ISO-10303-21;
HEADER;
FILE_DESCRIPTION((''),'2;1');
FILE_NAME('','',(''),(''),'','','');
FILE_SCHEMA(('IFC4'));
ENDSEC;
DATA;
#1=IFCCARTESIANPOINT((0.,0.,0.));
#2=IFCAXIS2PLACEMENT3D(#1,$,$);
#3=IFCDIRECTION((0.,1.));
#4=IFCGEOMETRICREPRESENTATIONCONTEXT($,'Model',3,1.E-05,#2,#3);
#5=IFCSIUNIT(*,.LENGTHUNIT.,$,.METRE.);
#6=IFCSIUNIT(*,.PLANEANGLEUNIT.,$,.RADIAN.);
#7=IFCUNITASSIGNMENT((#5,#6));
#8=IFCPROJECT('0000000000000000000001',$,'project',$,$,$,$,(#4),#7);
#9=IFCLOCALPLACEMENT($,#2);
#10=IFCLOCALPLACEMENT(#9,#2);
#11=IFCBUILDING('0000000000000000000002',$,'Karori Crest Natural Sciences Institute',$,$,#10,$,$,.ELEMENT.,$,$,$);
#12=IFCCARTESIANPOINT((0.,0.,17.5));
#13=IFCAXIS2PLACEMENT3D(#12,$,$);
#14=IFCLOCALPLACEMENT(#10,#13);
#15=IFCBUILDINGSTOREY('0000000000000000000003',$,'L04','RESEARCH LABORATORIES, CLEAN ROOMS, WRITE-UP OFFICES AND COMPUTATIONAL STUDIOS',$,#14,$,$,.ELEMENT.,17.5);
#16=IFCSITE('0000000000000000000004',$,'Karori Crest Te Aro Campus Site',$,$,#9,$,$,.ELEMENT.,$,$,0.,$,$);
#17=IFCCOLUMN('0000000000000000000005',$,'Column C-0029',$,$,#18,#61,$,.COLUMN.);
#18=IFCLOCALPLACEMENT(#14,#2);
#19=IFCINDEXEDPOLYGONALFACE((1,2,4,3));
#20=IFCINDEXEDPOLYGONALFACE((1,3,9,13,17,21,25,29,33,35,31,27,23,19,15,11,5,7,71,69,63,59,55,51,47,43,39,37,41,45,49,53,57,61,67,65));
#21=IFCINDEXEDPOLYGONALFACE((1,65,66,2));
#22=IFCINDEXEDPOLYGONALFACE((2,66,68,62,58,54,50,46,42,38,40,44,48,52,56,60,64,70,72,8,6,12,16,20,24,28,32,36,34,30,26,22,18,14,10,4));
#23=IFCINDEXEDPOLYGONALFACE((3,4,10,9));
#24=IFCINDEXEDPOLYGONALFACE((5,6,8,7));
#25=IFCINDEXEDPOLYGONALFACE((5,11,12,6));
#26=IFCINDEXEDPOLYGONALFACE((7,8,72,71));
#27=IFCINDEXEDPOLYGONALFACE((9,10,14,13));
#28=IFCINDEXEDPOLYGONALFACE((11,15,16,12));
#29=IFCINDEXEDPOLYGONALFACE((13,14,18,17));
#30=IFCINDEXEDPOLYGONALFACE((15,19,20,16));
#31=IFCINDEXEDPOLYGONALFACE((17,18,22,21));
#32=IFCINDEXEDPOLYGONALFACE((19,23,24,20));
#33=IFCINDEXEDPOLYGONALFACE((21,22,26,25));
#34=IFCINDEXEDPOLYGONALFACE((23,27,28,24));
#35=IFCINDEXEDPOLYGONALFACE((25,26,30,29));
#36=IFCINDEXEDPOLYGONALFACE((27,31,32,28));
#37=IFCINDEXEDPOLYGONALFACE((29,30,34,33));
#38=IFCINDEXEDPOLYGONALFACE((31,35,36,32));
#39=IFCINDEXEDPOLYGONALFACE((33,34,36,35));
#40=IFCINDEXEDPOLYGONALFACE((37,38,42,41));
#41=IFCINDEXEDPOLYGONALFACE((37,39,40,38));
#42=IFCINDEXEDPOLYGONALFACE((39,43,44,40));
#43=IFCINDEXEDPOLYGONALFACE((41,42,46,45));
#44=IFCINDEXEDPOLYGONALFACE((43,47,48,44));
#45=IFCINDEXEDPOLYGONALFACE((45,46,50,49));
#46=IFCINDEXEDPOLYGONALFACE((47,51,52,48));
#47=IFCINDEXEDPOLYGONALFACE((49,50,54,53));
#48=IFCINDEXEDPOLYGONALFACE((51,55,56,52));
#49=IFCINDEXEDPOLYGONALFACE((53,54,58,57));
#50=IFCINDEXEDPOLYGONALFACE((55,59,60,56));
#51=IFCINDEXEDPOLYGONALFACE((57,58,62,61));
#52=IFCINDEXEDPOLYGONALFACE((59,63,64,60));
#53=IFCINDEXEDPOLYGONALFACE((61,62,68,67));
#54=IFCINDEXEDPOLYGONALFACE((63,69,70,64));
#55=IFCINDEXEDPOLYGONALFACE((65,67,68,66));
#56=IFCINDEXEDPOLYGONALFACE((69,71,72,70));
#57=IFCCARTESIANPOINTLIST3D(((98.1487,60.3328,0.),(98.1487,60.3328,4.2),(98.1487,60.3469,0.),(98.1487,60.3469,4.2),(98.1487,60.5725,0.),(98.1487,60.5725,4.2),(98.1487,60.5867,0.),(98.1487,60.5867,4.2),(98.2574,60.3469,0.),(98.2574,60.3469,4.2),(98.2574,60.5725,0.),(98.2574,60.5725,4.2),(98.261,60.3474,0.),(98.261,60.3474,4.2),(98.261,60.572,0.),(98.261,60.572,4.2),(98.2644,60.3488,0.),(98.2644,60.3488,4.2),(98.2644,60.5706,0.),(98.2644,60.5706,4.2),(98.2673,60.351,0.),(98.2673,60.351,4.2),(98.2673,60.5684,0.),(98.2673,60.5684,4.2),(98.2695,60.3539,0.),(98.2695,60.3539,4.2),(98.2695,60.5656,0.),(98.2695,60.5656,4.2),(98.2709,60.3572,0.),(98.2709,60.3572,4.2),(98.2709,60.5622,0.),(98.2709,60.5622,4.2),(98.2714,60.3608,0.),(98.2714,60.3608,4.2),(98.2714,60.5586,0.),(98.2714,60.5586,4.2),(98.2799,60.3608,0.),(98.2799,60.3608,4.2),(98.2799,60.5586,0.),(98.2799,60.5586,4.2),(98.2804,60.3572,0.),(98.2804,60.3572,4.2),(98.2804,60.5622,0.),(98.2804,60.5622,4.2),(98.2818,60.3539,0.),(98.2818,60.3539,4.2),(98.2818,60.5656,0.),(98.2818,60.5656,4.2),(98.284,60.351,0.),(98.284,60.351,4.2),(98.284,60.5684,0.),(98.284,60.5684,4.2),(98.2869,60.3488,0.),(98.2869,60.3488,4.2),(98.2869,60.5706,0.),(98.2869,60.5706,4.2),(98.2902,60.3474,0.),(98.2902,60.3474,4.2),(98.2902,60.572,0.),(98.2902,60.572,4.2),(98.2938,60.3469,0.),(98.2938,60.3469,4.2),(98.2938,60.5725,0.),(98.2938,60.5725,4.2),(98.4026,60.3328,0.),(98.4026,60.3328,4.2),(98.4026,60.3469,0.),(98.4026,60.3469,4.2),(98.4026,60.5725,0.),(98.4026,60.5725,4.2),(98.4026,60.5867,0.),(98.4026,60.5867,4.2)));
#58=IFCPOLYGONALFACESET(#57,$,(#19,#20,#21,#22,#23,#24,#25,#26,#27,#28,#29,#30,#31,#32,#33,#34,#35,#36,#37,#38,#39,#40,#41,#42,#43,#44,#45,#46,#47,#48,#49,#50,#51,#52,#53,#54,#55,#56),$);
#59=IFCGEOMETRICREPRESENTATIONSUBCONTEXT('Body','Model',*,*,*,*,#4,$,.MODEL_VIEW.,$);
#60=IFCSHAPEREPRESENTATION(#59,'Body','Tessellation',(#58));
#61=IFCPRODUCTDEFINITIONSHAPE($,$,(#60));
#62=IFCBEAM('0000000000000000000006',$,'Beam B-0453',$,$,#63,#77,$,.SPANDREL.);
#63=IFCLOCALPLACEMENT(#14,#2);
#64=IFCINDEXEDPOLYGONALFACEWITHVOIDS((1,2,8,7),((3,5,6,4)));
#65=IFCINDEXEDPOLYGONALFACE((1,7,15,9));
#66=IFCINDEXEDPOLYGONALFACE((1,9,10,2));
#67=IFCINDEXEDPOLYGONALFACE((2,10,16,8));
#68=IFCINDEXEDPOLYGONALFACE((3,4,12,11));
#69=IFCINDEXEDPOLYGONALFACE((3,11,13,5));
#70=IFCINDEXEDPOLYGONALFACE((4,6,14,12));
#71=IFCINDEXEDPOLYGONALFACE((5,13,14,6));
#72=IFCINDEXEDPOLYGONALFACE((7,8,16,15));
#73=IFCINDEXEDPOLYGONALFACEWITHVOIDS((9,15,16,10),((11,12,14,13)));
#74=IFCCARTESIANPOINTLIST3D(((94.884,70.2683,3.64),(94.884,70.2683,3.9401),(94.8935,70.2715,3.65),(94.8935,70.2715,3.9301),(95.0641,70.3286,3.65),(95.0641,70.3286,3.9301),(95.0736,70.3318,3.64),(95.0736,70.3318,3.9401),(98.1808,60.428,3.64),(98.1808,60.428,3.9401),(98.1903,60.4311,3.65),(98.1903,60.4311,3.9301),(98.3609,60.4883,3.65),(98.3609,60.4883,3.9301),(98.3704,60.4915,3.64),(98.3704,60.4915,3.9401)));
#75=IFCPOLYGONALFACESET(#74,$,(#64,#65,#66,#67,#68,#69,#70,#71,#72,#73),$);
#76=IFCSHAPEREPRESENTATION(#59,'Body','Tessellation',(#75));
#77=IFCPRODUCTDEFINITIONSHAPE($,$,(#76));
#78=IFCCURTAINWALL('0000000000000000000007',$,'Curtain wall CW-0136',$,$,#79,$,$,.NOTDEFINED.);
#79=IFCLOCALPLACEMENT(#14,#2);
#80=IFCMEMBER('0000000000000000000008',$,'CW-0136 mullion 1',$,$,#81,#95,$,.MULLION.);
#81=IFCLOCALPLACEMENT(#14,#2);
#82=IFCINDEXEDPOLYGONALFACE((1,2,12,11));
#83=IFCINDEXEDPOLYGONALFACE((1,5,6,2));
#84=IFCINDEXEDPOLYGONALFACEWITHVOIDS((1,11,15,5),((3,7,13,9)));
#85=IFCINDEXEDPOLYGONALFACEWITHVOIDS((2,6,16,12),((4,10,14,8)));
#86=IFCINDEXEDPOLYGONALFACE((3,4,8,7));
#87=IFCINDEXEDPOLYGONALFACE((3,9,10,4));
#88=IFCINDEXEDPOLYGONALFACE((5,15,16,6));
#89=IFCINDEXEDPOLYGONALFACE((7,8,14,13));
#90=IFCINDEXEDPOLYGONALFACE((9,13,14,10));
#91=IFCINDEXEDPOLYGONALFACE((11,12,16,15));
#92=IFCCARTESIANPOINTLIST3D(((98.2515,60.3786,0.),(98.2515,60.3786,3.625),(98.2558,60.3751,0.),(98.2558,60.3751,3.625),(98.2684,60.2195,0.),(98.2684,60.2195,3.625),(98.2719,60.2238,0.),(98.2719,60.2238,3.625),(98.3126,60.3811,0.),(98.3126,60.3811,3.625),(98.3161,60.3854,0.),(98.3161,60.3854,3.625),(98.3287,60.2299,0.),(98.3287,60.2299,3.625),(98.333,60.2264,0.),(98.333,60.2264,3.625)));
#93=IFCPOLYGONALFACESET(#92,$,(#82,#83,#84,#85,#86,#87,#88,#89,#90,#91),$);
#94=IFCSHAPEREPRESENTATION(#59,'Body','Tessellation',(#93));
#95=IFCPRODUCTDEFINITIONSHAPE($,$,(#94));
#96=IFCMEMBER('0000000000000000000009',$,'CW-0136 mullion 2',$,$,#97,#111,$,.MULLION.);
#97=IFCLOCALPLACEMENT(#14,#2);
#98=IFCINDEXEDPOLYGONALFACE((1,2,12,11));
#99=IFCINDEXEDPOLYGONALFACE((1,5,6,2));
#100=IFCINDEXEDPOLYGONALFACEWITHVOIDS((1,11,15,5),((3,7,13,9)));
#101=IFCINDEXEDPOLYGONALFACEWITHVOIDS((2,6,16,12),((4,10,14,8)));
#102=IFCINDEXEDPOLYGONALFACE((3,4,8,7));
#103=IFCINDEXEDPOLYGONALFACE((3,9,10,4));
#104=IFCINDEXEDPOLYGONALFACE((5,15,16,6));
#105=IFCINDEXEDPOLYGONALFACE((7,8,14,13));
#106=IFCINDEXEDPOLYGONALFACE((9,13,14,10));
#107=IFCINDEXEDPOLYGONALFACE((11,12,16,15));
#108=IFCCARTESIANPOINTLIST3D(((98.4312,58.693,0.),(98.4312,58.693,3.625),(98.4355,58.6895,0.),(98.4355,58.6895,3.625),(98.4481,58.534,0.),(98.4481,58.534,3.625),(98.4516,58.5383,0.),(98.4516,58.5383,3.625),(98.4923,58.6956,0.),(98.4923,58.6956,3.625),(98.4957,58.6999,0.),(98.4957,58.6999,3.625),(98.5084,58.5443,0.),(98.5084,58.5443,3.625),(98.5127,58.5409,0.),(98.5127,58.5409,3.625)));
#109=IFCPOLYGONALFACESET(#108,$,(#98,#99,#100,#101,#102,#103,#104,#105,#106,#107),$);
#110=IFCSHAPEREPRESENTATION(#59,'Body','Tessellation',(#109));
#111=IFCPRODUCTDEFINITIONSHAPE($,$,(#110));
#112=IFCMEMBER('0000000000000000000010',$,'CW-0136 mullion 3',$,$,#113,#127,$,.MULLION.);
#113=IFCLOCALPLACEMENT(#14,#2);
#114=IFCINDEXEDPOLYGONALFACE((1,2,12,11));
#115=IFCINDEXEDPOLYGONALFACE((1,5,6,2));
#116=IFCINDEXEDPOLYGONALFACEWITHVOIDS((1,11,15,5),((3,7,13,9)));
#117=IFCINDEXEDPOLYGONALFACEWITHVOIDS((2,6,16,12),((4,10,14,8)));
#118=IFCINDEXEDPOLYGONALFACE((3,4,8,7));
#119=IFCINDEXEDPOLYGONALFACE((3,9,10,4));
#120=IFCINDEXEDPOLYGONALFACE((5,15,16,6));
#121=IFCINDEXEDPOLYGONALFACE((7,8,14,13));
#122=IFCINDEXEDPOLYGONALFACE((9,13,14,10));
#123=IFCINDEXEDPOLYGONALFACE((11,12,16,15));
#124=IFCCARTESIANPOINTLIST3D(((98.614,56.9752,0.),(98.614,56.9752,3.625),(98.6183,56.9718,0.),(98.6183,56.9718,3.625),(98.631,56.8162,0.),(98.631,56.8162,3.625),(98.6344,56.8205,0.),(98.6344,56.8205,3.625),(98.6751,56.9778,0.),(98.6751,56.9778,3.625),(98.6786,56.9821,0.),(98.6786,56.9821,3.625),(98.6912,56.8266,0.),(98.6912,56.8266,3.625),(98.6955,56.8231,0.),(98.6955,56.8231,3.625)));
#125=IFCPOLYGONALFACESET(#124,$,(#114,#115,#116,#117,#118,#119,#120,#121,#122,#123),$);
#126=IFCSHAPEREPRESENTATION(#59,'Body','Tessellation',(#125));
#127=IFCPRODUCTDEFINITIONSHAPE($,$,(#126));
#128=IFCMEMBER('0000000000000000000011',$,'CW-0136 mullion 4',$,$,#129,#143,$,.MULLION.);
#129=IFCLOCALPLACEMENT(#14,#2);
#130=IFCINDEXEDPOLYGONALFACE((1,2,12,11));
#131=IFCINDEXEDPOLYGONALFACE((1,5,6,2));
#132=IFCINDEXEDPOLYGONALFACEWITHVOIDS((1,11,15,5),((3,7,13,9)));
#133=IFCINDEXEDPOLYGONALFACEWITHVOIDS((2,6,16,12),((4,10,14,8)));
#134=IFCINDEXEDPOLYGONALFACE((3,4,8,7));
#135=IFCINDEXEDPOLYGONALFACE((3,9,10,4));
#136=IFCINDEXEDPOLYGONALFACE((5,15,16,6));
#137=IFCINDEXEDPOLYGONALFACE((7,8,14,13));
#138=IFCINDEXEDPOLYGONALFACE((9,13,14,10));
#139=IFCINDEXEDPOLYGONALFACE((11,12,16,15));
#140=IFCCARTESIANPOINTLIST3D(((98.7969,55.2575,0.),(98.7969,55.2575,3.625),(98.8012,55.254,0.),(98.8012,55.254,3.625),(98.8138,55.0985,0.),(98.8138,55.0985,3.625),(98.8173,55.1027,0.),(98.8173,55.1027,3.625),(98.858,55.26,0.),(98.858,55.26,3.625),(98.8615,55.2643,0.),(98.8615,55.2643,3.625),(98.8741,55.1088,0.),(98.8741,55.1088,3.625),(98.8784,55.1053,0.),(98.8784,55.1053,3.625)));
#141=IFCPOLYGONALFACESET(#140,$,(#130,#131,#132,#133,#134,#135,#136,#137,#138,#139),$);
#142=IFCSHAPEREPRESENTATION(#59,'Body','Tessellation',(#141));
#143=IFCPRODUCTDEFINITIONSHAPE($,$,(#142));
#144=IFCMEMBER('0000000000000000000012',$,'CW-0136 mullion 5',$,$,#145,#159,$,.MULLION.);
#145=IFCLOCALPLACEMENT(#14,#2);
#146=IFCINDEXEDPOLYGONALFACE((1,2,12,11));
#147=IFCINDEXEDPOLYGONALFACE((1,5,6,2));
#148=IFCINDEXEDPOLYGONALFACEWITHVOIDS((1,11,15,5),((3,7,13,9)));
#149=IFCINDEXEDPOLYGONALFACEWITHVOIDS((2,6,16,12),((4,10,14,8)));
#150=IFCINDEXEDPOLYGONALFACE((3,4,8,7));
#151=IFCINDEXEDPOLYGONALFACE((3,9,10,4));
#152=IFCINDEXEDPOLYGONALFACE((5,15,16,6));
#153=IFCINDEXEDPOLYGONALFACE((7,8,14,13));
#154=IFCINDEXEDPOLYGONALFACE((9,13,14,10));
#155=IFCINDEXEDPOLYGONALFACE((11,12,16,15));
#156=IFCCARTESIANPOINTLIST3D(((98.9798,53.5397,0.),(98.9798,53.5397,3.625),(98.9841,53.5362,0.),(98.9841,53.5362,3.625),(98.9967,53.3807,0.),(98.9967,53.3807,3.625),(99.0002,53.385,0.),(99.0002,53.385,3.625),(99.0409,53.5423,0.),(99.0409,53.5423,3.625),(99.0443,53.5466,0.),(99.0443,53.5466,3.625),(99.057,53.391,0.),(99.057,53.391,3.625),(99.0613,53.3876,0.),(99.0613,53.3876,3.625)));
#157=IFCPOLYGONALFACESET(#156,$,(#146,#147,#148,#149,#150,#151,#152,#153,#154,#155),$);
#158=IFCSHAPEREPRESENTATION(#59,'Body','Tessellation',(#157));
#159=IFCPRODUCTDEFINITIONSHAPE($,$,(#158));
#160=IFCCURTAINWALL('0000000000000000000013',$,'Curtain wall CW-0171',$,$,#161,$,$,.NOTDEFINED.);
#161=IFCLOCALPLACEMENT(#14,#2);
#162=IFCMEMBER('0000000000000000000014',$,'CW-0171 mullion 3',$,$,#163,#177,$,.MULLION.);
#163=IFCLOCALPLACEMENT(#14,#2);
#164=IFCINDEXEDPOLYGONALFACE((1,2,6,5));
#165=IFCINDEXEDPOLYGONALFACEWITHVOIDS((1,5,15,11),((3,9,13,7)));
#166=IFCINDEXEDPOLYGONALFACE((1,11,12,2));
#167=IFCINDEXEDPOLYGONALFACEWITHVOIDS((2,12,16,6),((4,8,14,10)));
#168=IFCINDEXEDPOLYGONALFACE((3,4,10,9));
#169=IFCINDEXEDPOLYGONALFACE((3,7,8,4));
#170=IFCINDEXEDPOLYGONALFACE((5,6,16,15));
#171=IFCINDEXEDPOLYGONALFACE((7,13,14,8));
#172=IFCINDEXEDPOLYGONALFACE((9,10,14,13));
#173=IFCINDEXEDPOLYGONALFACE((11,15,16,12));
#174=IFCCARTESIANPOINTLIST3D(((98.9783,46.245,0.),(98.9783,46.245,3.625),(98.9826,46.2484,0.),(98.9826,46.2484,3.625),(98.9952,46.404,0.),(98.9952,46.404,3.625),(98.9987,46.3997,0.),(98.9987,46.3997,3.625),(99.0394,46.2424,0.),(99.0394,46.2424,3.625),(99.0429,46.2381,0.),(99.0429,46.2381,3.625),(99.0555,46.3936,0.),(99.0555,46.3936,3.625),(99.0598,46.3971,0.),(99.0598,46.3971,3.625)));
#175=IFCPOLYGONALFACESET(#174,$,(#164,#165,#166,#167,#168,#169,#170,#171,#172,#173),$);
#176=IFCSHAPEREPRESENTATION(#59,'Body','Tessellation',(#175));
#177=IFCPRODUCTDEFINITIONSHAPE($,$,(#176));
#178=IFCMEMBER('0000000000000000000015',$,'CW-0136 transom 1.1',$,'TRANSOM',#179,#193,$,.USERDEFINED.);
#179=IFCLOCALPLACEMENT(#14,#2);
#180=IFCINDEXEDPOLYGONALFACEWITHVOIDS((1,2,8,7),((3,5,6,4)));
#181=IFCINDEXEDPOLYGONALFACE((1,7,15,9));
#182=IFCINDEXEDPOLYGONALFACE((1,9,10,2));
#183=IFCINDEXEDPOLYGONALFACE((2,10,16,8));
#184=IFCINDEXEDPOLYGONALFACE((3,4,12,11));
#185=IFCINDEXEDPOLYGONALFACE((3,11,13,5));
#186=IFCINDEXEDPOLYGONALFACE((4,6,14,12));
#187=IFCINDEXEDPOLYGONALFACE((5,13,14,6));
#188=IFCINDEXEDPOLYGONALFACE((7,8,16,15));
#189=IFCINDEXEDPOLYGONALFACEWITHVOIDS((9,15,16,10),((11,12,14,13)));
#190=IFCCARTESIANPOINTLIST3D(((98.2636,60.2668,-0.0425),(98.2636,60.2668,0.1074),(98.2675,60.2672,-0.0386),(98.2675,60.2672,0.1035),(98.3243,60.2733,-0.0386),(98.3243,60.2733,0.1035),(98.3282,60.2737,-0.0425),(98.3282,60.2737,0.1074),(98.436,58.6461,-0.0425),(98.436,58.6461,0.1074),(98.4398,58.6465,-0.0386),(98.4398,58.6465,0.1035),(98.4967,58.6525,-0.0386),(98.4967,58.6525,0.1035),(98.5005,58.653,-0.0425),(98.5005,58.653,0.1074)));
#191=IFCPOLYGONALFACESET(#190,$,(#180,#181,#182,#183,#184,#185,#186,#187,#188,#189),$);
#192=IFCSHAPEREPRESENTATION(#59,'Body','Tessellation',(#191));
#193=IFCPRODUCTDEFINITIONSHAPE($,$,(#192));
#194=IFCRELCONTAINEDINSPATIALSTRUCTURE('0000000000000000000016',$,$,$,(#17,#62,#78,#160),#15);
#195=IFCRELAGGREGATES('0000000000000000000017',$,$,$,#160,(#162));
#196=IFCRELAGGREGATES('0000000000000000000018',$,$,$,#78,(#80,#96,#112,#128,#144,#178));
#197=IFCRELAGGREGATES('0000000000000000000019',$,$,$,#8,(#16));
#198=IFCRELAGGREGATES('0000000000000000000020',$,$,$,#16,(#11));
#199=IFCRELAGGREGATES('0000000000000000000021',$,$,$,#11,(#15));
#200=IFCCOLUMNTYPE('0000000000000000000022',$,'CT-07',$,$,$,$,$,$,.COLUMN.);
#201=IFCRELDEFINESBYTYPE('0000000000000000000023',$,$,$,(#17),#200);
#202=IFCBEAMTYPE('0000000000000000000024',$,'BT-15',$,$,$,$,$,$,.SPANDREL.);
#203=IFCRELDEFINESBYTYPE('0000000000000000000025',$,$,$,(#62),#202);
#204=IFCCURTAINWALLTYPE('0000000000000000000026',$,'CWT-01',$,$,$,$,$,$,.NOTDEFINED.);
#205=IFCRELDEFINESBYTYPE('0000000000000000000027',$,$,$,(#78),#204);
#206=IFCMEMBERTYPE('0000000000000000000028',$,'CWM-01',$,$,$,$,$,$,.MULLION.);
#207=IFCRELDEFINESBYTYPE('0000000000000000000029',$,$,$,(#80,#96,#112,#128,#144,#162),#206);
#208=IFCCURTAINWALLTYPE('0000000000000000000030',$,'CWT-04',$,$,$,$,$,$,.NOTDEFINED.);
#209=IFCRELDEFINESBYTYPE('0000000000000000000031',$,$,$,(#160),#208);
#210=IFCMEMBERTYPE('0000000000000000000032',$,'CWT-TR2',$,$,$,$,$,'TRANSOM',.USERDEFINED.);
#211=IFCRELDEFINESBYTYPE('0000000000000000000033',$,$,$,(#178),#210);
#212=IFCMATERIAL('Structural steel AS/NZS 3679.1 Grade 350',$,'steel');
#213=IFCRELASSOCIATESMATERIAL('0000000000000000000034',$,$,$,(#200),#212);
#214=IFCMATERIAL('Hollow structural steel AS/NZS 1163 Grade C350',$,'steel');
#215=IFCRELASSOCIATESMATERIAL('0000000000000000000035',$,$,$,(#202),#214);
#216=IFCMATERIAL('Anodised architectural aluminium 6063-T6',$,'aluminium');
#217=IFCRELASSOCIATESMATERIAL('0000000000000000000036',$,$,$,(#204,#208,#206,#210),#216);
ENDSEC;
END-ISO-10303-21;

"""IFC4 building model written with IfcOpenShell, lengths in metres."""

from ifc_helpers import new_model, si_unit, direction, frame, origin, origin_2d, place, context, subcontext, project, spatial, hollow_rectangle, i_section, extrude, material, material_profile, profile_set, type_object, element, aggregate, save


model = new_model("IFC4")

# Units and contexts
model_context = context("Model", 3, precision=1e-05, world=origin(), true_north=direction((0.0, 1.0)))
body_context = subcontext(model_context, "Body", "Model", "MODEL_VIEW")
ifc_project = project(units=[si_unit("LENGTHUNIT", "METRE"), si_unit("PLANEANGLEUNIT", "RADIAN")], contexts=[model_context])

# Site, building, storey
site_placement = place(None, origin())
site = spatial("IfcSite", under=ifc_project, at=site_placement, Name="Karori Crest Te Aro Campus Site", CompositionType="ELEMENT", RefElevation=0.0)
building_placement = place(site_placement, origin())
building = spatial("IfcBuilding", under=site, at=building_placement, Name="Karori Crest Natural Sciences Institute", CompositionType="ELEMENT")
storey_placement = place(building_placement, frame((0.0, 0.0, 17.5)))
storey = spatial("IfcBuildingStorey", under=building, at=storey_placement, Name="L04", Description="RESEARCH LABORATORIES, CLEAN ROOMS, WRITE-UP OFFICES AND COMPUTATIONAL STUDIOS", CompositionType="ELEMENT", Elevation=17.5)

# Column
ifc_material_1 = material(Name="Structural steel AS/NZS 3679.1 Grade 350", Category="steel")
ifc_material_profile_1 = material_profile(ifc_material_1, i_section(OverallWidth=0.2539, OverallDepth=0.2539, WebThickness=0.0085, FlangeThickness=0.0142, FilletRadius=0.0139, at=origin_2d()), Name="250UC72.9")
ifc_profile_set_1 = profile_set([ifc_material_profile_1], Name="Structural steel AS/NZS 3679.1 Grade 350")
column_type = type_object("IfcColumnType", Name="CT-07", PredefinedType="COLUMN", material=ifc_profile_set_1)
column_placement = place(storey_placement, frame((98.2756, 60.4597, 0.0), z_axis=(0.0, 0.0, 1.0), x_axis=(1.0, 0.0, 0.0)))
element("IfcColumn", 1, at=column_placement, inside=storey, type_object=column_type, Name="Column C-0029", PredefinedType="COLUMN", context=body_context, shape_type="SweptSolid", body=[
    extrude(i_section(OverallWidth=0.2539, OverallDepth=0.2539, WebThickness=0.0085, FlangeThickness=0.0142, FilletRadius=0.0139, at=origin_2d()), origin(), (0.0, 0.0, 1.0), 4.2),
])

# Beam
ifc_material_2 = material(Name="Hollow structural steel AS/NZS 1163 Grade C350", Category="steel")
ifc_material_profile_2 = material_profile(ifc_material_2, hollow_rectangle(XDim=0.2, YDim=0.3, WallThickness=0.01, at=origin_2d()), Name="RHS300x200x10")
ifc_profile_set_2 = profile_set([ifc_material_profile_2], Name="Hollow structural steel AS/NZS 1163 Grade C350")
beam_type = type_object("IfcBeamType", Name="BT-15", PredefinedType="SPANDREL", material=ifc_profile_set_2)
beam_placement = place(storey_placement, frame((98.2756, 60.4597, 3.79), z_axis=(-0.317681, 0.948198, 0.0), x_axis=(-0.948198, -0.317681, 0.0)))
element("IfcBeam", 2, at=beam_placement, inside=storey, type_object=beam_type, Name="Beam B-0453", PredefinedType="SPANDREL", context=body_context, shape_type="SweptSolid", body=[
    extrude(hollow_rectangle(XDim=0.2, YDim=0.3, WallThickness=0.01, at=origin_2d()), origin(), (0.0, 0.0, 1.0), 10.3779),
])

# Curtain wall, members
ifc_material_3 = material(Name="Anodised architectural aluminium 6063-T6", Category="aluminium")
curtain_wall_type_1 = type_object("IfcCurtainWallType", Name="CWT-01", PredefinedType="NOTDEFINED", material=ifc_material_3)
curtain_wall_1_placement = place(storey_placement, origin())
curtain_wall_1 = element("IfcCurtainWall", 3, at=curtain_wall_1_placement, inside=storey, type_object=curtain_wall_type_1, Name="Curtain wall CW-0136", PredefinedType="NOTDEFINED")
ifc_material_profile_3 = material_profile(ifc_material_3, hollow_rectangle(XDim=0.0649, YDim=0.1599, WallThickness=0.0039, at=origin_2d()), Name="CWM160x65x4")
ifc_profile_set_3 = profile_set([ifc_material_profile_3], Name="Anodised architectural aluminium 6063-T6")
member_type_1 = type_object("IfcMemberType", Name="CWM-01", PredefinedType="MULLION", material=ifc_profile_set_3)
member_1_placement = place(storey_placement, frame((98.2922, 60.3025, 0.0), z_axis=(0.0, 0.0, 1.0), x_axis=(0.994378, 0.105884, 0.0)))
member_1 = element("IfcMember", 4, at=member_1_placement, type_object=member_type_1, Name="CW-0136 mullion 1", PredefinedType="MULLION", context=body_context, shape_type="SweptSolid", body=[
    extrude(hollow_rectangle(XDim=0.0649, YDim=0.1599, WallThickness=0.0039, at=origin_2d()), origin(), (0.0, 0.0, 1.0), 3.625),
])
member_2_placement = place(storey_placement, frame((98.4719, 58.6169, 0.0), z_axis=(0.0, 0.0, 1.0), x_axis=(0.994378, 0.105884, 0.0)))
member_2 = element("IfcMember", 5, at=member_2_placement, type_object=member_type_1, Name="CW-0136 mullion 2", PredefinedType="MULLION", context=body_context, shape_type="SweptSolid", body=[
    extrude(hollow_rectangle(XDim=0.0649, YDim=0.1599, WallThickness=0.0039, at=origin_2d()), origin(), (0.0, 0.0, 1.0), 3.625),
])
member_3_placement = place(storey_placement, frame((98.6548, 56.8992, 0.0), z_axis=(0.0, 0.0, 1.0), x_axis=(0.994378, 0.105884, 0.0)))
member_3 = element("IfcMember", 6, at=member_3_placement, type_object=member_type_1, Name="CW-0136 mullion 3", PredefinedType="MULLION", context=body_context, shape_type="SweptSolid", body=[
    extrude(hollow_rectangle(XDim=0.0649, YDim=0.1599, WallThickness=0.0039, at=origin_2d()), origin(), (0.0, 0.0, 1.0), 3.625),
])
member_4_placement = place(storey_placement, frame((98.8376, 55.1814, 0.0), z_axis=(0.0, 0.0, 1.0), x_axis=(0.994378, 0.105884, 0.0)))
member_4 = element("IfcMember", 7, at=member_4_placement, type_object=member_type_1, Name="CW-0136 mullion 4", PredefinedType="MULLION", context=body_context, shape_type="SweptSolid", body=[
    extrude(hollow_rectangle(XDim=0.0649, YDim=0.1599, WallThickness=0.0039, at=origin_2d()), origin(), (0.0, 0.0, 1.0), 3.625),
])
member_5_placement = place(storey_placement, frame((99.0205, 53.4636, 0.0), z_axis=(0.0, 0.0, 1.0), x_axis=(0.994378, 0.105884, 0.0)))
member_5 = element("IfcMember", 8, at=member_5_placement, type_object=member_type_1, Name="CW-0136 mullion 5", PredefinedType="MULLION", context=body_context, shape_type="SweptSolid", body=[
    extrude(hollow_rectangle(XDim=0.0649, YDim=0.1599, WallThickness=0.0039, at=origin_2d()), origin(), (0.0, 0.0, 1.0), 3.625),
])

# Curtain wall, member
curtain_wall_type_2 = type_object("IfcCurtainWallType", Name="CWT-04", PredefinedType="NOTDEFINED", material=ifc_material_3)
curtain_wall_2_placement = place(storey_placement, origin())
curtain_wall_2 = element("IfcCurtainWall", 9, at=curtain_wall_2_placement, inside=storey, type_object=curtain_wall_type_2, Name="Curtain wall CW-0171", PredefinedType="NOTDEFINED")
member_6_placement = place(storey_placement, frame((99.019, 46.321, 0.0), z_axis=(0.0, 0.0, 1.0), x_axis=(0.994378, -0.105886, 0.0)))
member_6 = element("IfcMember", 10, at=member_6_placement, type_object=member_type_1, Name="CW-0171 mullion 3", PredefinedType="MULLION", context=body_context, shape_type="SweptSolid", body=[
    extrude(hollow_rectangle(XDim=0.0649, YDim=0.1599, WallThickness=0.0039, at=origin_2d()), origin(), (0.0, 0.0, 1.0), 3.625),
])
aggregate(curtain_wall_2, [member_6])

# Member
ifc_material_profile_4 = material_profile(ifc_material_3, hollow_rectangle(XDim=0.0649, YDim=0.1499, WallThickness=0.0039, at=origin_2d()), Name="CWT150x65x4")
ifc_profile_set_4 = profile_set([ifc_material_profile_4], Name="Anodised architectural aluminium 6063-T6")
member_type_2 = type_object("IfcMemberType", Name="CWT-TR2", ElementType="TRANSOM", PredefinedType="USERDEFINED", material=ifc_profile_set_4)
member_7_placement = place(storey_placement, frame((98.2959, 60.2703, 0.0325), z_axis=(0.105745, -0.994393, 0.0), x_axis=(0.994393, 0.105745, 0.0)))
member_7 = element("IfcMember", 11, at=member_7_placement, type_object=member_type_2, Name="CW-0136 transom 1.1", ObjectType="TRANSOM", PredefinedType="USERDEFINED", context=body_context, shape_type="SweptSolid", body=[
    extrude(hollow_rectangle(XDim=0.0649, YDim=0.1499, WallThickness=0.0039, at=origin_2d()), origin(), (0.0, 0.0, 1.0), 1.6299),
])

aggregate(curtain_wall_1, [member_1, member_2, member_3, member_4, member_5, member_7])

save(model, "model.ifc")
